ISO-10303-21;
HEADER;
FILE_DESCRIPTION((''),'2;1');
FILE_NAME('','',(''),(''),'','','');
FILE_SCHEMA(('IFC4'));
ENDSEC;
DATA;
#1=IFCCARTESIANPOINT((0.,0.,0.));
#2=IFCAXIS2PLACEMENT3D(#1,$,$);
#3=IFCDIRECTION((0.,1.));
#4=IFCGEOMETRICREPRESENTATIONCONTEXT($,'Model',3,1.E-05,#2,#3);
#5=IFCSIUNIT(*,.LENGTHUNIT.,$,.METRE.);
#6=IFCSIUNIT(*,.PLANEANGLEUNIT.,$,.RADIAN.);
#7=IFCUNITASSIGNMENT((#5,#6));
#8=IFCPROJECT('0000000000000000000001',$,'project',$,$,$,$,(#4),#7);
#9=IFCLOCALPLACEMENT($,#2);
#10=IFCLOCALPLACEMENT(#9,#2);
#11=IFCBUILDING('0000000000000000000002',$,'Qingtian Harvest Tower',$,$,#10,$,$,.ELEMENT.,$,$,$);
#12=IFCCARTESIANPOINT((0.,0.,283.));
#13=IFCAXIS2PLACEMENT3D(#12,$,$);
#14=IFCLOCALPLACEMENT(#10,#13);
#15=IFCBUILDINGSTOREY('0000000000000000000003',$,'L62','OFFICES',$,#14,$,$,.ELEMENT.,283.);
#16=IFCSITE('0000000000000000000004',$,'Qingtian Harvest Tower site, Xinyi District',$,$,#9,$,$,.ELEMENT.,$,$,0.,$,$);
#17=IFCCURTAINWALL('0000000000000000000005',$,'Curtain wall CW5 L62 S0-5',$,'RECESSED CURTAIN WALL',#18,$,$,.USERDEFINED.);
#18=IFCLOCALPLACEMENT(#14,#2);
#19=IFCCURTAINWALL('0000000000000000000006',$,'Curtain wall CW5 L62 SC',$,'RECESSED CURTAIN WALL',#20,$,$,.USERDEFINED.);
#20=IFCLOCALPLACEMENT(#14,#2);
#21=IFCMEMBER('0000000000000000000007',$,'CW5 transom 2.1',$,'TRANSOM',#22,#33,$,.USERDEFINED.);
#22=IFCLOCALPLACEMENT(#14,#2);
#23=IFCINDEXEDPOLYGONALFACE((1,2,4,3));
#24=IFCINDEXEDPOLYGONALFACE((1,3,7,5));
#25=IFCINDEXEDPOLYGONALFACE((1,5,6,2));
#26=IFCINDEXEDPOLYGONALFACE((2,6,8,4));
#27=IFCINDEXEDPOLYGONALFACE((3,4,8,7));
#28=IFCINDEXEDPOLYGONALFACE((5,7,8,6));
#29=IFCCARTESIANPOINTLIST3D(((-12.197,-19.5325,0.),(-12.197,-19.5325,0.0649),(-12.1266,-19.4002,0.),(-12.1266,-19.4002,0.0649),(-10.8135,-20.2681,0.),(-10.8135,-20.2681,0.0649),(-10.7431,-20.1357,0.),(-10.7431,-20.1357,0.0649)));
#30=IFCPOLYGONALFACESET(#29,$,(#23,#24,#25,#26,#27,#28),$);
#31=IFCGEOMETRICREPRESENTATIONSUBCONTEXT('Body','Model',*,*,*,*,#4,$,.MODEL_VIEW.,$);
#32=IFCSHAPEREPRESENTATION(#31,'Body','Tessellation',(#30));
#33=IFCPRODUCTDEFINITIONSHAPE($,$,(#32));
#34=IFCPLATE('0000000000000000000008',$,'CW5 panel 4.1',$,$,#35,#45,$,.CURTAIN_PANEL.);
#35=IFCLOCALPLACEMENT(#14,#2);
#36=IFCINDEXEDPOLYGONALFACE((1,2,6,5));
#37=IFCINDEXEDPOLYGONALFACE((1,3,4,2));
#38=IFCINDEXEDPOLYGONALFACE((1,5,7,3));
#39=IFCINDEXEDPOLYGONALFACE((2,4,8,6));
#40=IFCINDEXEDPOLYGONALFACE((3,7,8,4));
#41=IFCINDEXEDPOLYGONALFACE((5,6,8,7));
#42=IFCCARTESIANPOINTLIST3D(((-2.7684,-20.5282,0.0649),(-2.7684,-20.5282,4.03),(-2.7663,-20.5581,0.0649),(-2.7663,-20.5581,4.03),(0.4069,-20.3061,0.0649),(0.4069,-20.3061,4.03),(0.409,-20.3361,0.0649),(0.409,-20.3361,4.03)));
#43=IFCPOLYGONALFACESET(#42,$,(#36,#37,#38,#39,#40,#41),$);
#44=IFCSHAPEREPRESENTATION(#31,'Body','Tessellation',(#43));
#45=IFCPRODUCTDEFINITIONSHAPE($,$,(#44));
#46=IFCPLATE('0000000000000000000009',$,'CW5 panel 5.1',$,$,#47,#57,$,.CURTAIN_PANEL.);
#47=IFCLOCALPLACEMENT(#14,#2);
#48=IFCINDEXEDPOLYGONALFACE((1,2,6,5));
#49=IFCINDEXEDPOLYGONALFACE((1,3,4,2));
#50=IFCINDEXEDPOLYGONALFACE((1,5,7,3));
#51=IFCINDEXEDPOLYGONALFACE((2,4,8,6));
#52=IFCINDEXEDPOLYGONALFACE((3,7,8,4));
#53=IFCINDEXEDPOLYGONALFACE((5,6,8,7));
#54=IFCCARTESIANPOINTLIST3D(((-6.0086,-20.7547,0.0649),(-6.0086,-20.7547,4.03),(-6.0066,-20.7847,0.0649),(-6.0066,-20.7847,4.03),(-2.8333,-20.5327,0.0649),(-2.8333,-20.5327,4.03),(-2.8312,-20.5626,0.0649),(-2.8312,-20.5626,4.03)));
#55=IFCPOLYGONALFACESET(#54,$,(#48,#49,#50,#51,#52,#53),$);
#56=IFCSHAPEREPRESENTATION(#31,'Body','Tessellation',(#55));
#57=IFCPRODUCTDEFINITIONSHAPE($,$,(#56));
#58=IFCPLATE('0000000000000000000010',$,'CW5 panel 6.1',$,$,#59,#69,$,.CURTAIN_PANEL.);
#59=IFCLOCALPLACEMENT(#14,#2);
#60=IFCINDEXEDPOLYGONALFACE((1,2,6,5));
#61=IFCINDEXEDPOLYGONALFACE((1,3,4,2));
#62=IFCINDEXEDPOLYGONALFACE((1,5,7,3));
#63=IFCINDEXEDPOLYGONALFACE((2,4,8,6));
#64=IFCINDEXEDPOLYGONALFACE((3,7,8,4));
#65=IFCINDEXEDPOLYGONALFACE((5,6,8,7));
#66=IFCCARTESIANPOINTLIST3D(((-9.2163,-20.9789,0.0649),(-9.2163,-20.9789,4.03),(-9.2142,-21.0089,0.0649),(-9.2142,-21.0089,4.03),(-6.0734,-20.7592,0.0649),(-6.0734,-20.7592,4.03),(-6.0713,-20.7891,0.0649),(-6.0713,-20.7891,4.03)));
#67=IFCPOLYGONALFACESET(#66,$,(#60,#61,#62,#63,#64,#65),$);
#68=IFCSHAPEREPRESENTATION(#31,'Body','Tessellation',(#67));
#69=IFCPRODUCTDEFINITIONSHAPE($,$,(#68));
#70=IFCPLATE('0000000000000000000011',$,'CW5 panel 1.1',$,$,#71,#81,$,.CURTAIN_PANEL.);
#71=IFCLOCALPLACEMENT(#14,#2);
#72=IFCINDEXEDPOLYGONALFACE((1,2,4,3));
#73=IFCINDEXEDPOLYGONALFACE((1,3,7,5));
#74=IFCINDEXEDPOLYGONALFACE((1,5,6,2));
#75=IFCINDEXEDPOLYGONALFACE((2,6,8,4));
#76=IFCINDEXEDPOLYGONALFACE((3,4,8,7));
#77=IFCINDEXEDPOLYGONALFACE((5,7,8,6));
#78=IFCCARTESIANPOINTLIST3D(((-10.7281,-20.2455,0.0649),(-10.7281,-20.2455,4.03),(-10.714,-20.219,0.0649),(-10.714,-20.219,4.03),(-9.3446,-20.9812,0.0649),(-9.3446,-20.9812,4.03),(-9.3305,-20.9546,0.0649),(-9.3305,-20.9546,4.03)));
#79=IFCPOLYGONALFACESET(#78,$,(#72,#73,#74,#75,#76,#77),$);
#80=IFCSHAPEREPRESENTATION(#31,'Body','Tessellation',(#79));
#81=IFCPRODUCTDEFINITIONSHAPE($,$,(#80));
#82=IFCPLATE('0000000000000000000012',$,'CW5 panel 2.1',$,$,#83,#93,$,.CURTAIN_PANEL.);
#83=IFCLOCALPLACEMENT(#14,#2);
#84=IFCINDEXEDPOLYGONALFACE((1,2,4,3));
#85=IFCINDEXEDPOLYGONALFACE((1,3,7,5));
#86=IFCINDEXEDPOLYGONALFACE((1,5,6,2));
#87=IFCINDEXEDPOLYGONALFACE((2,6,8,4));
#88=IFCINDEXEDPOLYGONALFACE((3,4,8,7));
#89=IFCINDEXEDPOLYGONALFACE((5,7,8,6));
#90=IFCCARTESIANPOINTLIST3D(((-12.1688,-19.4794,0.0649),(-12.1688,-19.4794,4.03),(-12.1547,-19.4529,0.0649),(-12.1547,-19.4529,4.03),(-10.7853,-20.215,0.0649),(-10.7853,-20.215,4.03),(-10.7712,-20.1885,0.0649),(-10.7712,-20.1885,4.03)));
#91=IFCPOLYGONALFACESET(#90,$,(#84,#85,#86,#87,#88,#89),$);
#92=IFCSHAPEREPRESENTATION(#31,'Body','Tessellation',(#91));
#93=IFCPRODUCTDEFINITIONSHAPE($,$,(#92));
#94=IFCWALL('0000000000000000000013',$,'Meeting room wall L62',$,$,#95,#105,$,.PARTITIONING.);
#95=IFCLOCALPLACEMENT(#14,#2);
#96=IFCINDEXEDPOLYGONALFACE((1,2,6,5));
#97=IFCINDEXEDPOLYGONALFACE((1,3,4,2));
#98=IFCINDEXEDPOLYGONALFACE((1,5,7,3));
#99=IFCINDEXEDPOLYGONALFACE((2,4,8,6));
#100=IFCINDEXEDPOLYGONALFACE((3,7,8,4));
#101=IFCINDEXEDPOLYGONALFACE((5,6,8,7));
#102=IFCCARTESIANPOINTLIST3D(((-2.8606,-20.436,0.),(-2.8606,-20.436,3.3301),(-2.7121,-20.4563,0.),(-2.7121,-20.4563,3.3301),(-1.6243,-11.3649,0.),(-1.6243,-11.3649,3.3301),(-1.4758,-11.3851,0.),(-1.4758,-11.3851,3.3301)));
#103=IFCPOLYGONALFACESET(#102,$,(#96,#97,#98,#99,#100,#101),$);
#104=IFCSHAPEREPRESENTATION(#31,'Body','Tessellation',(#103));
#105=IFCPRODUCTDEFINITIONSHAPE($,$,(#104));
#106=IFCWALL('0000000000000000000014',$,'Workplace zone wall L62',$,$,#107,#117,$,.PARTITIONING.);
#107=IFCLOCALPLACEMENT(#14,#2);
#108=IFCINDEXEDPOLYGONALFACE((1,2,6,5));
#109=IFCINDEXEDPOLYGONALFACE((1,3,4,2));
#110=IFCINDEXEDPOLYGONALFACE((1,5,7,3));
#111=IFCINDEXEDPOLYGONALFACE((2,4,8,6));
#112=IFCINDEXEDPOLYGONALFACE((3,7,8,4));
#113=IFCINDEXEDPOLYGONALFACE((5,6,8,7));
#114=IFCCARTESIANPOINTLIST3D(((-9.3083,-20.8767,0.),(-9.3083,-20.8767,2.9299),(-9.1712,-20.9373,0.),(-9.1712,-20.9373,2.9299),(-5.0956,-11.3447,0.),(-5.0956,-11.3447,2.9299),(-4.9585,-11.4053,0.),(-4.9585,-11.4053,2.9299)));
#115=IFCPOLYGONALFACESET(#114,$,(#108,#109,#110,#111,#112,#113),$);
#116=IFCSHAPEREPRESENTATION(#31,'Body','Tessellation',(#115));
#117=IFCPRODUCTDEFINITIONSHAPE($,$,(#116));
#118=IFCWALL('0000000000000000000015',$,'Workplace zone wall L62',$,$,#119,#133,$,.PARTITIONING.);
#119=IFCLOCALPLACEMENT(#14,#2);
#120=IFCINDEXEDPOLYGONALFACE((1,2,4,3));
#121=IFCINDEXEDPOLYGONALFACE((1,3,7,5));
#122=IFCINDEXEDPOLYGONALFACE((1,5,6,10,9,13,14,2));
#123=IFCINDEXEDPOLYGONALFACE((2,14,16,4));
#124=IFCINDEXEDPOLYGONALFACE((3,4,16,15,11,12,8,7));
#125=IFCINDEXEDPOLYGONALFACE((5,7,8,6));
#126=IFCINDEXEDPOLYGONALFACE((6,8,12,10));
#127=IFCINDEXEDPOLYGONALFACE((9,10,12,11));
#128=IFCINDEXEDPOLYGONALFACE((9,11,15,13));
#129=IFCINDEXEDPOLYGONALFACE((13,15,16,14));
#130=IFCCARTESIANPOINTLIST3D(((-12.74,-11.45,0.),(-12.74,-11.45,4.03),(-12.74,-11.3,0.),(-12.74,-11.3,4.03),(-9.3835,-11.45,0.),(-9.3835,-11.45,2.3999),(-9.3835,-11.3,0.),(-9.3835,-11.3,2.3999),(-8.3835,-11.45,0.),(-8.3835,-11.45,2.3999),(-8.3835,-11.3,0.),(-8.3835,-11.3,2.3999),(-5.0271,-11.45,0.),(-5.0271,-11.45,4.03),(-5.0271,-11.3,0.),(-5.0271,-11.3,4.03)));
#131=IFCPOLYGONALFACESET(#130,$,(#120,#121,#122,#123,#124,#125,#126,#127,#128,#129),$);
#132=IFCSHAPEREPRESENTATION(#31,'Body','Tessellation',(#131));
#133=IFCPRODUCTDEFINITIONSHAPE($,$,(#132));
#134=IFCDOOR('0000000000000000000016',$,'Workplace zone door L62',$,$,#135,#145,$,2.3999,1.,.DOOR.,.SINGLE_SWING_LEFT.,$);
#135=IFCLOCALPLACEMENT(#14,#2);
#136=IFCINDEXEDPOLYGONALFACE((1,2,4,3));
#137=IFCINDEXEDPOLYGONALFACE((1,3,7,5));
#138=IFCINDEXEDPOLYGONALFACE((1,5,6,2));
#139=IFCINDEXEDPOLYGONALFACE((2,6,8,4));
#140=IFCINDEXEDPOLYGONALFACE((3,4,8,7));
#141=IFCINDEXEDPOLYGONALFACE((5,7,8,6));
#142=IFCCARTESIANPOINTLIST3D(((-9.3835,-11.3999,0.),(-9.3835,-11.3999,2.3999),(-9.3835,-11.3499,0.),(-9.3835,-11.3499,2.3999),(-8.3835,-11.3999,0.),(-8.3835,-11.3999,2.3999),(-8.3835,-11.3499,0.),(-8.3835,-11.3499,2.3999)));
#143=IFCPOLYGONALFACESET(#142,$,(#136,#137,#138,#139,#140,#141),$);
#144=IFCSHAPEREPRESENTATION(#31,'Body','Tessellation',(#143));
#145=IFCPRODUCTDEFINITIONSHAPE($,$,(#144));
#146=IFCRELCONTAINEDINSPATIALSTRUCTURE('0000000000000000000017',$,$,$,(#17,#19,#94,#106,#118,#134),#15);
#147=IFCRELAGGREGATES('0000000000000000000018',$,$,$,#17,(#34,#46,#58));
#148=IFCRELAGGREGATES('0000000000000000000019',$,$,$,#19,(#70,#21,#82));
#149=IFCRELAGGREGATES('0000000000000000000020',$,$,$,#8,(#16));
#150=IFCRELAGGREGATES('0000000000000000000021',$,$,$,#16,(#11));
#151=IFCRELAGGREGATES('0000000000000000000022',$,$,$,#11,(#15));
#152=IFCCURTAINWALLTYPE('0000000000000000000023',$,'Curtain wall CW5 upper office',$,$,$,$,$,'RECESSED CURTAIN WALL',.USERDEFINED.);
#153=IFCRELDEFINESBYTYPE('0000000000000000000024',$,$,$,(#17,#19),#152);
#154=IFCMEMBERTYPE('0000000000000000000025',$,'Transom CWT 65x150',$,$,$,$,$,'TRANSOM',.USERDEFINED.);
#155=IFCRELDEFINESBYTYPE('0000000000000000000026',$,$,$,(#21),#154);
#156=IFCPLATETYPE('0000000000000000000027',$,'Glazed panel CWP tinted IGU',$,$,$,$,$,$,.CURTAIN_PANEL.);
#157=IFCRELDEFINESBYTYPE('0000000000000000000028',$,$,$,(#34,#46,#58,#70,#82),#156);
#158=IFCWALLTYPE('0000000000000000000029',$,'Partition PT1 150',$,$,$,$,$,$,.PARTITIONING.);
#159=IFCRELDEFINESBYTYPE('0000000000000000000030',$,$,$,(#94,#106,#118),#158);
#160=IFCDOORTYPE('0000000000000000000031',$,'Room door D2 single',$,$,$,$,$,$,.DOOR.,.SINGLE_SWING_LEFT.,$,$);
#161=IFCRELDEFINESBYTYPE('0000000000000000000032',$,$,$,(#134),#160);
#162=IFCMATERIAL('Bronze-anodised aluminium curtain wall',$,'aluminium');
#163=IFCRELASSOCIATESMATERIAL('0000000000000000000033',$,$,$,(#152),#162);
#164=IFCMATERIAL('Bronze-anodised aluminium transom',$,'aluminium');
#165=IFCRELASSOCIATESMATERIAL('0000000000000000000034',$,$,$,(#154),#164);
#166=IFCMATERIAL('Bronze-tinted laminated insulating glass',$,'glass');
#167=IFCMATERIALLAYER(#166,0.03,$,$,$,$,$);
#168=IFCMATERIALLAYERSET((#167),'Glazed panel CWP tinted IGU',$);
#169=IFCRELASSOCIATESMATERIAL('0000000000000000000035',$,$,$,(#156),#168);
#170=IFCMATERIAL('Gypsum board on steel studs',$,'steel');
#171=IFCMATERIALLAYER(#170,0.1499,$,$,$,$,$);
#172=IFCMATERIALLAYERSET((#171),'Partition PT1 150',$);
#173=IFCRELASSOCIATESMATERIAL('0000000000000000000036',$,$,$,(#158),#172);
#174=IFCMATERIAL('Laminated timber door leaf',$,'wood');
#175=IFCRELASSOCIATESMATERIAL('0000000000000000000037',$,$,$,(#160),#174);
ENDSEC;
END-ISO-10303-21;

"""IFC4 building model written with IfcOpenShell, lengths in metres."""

from ifc_helpers import new_model, si_unit, direction, frame, frame_2d, origin, origin_2d, place, context, subcontext, project, spatial, rectangle, extrude, material, layer, layer_set, material_profile, profile_set, type_object, element, fill, aggregate, save


model = new_model("IFC4")

# Units and contexts
model_context = context("Model", 3, precision=1e-05, world=origin(), true_north=direction((0.0, 1.0)))
body_context = subcontext(model_context, "Body", "Model", "MODEL_VIEW")
ifc_project = project(units=[si_unit("LENGTHUNIT", "METRE"), si_unit("PLANEANGLEUNIT", "RADIAN")], contexts=[model_context])

# Site, building, storey
site_placement = place(None, origin())
site = spatial("IfcSite", under=ifc_project, at=site_placement, Name="Qingtian Harvest Tower site, Xinyi District", CompositionType="ELEMENT", RefElevation=0.0)
building_placement = place(site_placement, origin())
building = spatial("IfcBuilding", under=site, at=building_placement, Name="Qingtian Harvest Tower", CompositionType="ELEMENT")
storey_placement = place(building_placement, frame((0.0, 0.0, 283.0)))
storey = spatial("IfcBuildingStorey", under=building, at=storey_placement, Name="L62", Description="OFFICES", CompositionType="ELEMENT", Elevation=283.0)

# Curtain walls
ifc_material_1 = material(Name="Bronze-anodised aluminium curtain wall", Category="aluminium")
curtain_wall_type = type_object("IfcCurtainWallType", Name="Curtain wall CW5 upper office", ElementType="RECESSED CURTAIN WALL", PredefinedType="USERDEFINED", material=ifc_material_1)
curtain_wall_1_placement = place(storey_placement, origin())
curtain_wall_1 = element("IfcCurtainWall", 1, at=curtain_wall_1_placement, inside=storey, type_object=curtain_wall_type, Name="Curtain wall CW5 L62 S0-5", ObjectType="RECESSED CURTAIN WALL", PredefinedType="USERDEFINED")
curtain_wall_2_placement = place(storey_placement, origin())
curtain_wall_2 = element("IfcCurtainWall", 2, at=curtain_wall_2_placement, inside=storey, type_object=curtain_wall_type, Name="Curtain wall CW5 L62 SC", ObjectType="RECESSED CURTAIN WALL", PredefinedType="USERDEFINED")

# Member
ifc_material_2 = material(Name="Bronze-anodised aluminium transom", Category="aluminium")
ifc_material_profile_1 = material_profile(ifc_material_2, rectangle(XDim=0.1499, YDim=0.0649, at=origin_2d()), Name="AL 65x150")
ifc_profile_set_1 = profile_set([ifc_material_profile_1], Name="Bronze-anodised aluminium transom")
member_type_1 = type_object("IfcMemberType", Name="Transom CWT 65x150", ElementType="TRANSOM", PredefinedType="USERDEFINED", material=ifc_profile_set_1)
member_1_placement = place(storey_placement, frame((-10.7783, -20.2019, 0.0325), z_axis=(-0.88296, 0.469448, 0.0), x_axis=(-0.469448, -0.88296, 0.0)))
member_1 = element("IfcMember", 3, at=member_1_placement, type_object=member_type_1, Name="CW5 transom 2.1", ObjectType="TRANSOM", PredefinedType="USERDEFINED", context=body_context, shape_type="SweptSolid", body=[
    extrude(rectangle(XDim=0.1499, YDim=0.0649, at=origin_2d()), origin(), (0.0, 0.0, 1.0), 1.5669),
])

# Plates
ifc_material_3 = material(Name="Bronze-tinted laminated insulating glass", Category="glass")
ifc_layer_1 = layer(ifc_material_3, 0.03)
ifc_layer_set_1 = layer_set([ifc_layer_1], Name="Glazed panel CWP tinted IGU")
plate_type = type_object("IfcPlateType", Name="Glazed panel CWP tinted IGU", PredefinedType="CURTAIN_PANEL", material=ifc_layer_set_1)
plate_1_placement = place(storey_placement, frame((-1.1797, -20.4321, 0.0649), z_axis=(0.0, 0.0, 1.0), x_axis=(-0.997564, -0.069756, 0.0)))
plate_1 = element("IfcPlate", 4, at=plate_1_placement, type_object=plate_type, Name="CW5 panel 4.1", PredefinedType="CURTAIN_PANEL", context=body_context, shape_type="SweptSolid", body=[
    extrude(rectangle(XDim=3.1831, YDim=0.03, at=origin_2d()), origin(), (0.0, 0.0, 1.0), 3.9651),
])
plate_2_placement = place(storey_placement, frame((-4.4199, -20.6587, 0.0649), z_axis=(0.0, 0.0, 1.0), x_axis=(-0.997564, -0.069756, 0.0)))
plate_2 = element("IfcPlate", 5, at=plate_2_placement, type_object=plate_type, Name="CW5 panel 5.1", PredefinedType="CURTAIN_PANEL", context=body_context, shape_type="SweptSolid", body=[
    extrude(rectangle(XDim=3.1831, YDim=0.03, at=origin_2d()), origin(), (0.0, 0.0, 1.0), 3.9651),
])
plate_3_placement = place(storey_placement, frame((-7.6438, -20.884, 0.0649), z_axis=(0.0, 0.0, 1.0), x_axis=(-0.997564, -0.069756, 0.0)))
plate_3 = element("IfcPlate", 6, at=plate_3_placement, type_object=plate_type, Name="CW5 panel 6.1", PredefinedType="CURTAIN_PANEL", context=body_context, shape_type="SweptSolid", body=[
    extrude(rectangle(XDim=3.1506, YDim=0.03, at=origin_2d()), origin(), (0.0, 0.0, 1.0), 3.9651),
])
aggregate(curtain_wall_1, [plate_1, plate_2, plate_3])
plate_4_placement = place(storey_placement, frame((-10.0293, -20.6001, 0.0649), z_axis=(0.0, 0.0, 1.0), x_axis=(-0.882948, 0.469472, 0.0)))
plate_4 = element("IfcPlate", 7, at=plate_4_placement, type_object=plate_type, Name="CW5 panel 1.1", PredefinedType="CURTAIN_PANEL", context=body_context, shape_type="SweptSolid", body=[
    extrude(rectangle(XDim=1.5669, YDim=0.03, at=origin_2d()), origin(), (0.0, 0.0, 1.0), 3.9651),
])
plate_5_placement = place(storey_placement, frame((-11.47, -19.834, 0.0649), z_axis=(0.0, 0.0, 1.0), x_axis=(-0.882948, 0.469472, 0.0)))
plate_5 = element("IfcPlate", 8, at=plate_5_placement, type_object=plate_type, Name="CW5 panel 2.1", PredefinedType="CURTAIN_PANEL", context=body_context, shape_type="SweptSolid", body=[
    extrude(rectangle(XDim=1.5669, YDim=0.03, at=origin_2d()), origin(), (0.0, 0.0, 1.0), 3.9651),
])
aggregate(curtain_wall_2, [plate_4, member_1, plate_5])

# Walls
ifc_material_4 = material(Name="Gypsum board on steel studs", Category="steel")
ifc_layer_2 = layer(ifc_material_4, 0.1499)
ifc_layer_set_2 = layer_set([ifc_layer_2], Name="Partition PT1 150")
wall_type = type_object("IfcWallType", Name="Partition PT1 150", PredefinedType="PARTITIONING", material=ifc_layer_set_2)
wall_1_placement = place(storey_placement, frame((-2.7864, -20.4463, 0.0), z_axis=(0.0, 0.0, 1.0), x_axis=(0.135042, 0.99084, 0.0)))
element("IfcWall", 9, at=wall_1_placement, inside=storey, type_object=wall_type, Name="Meeting room wall L62", PredefinedType="PARTITIONING", context=body_context, shape_type="SweptSolid", body=[
    extrude(rectangle(XDim=9.155, YDim=0.1499, at=frame_2d((4.5776, 0.0))), origin(), (0.0, 0.0, 1.0), 3.3301),
])
wall_2_placement = place(storey_placement, frame((-9.2397, -20.907, 0.0), z_axis=(0.0, 0.0, 1.0), x_axis=(0.404231, 0.914657, 0.0)))
element("IfcWall", 10, at=wall_2_placement, inside=storey, type_object=wall_type, Name="Workplace zone wall L62", PredefinedType="PARTITIONING", context=body_context, shape_type="SweptSolid", body=[
    extrude(rectangle(XDim=10.4214, YDim=0.1499, at=frame_2d((5.2107, 0.0))), origin(), (0.0, 0.0, 1.0), 2.9299),
])

# Wall, opening, door
wall_3_placement = place(storey_placement, frame((-5.0271, -11.375, 0.0), z_axis=(0.0, 0.0, 1.0), x_axis=(-1.0, 0.0, 0.0)))
wall_3 = element("IfcWall", 11, at=wall_3_placement, inside=storey, type_object=wall_type, Name="Workplace zone wall L62", PredefinedType="PARTITIONING", context=body_context, shape_type="SweptSolid", body=[
    extrude(rectangle(XDim=7.7129, YDim=0.1499, at=frame_2d((3.8564, 0.0))), origin(), (0.0, 0.0, 1.0), 4.03),
])
opening_placement = place(wall_3_placement, frame((3.3564, 0.0, 0.0)))
opening = element("IfcOpeningElement", 12, at=opening_placement, cuts=wall_3, PredefinedType="OPENING", context=body_context, shape_type="SweptSolid", body=[
    extrude(rectangle(XDim=1.0, YDim=2.3999, at=frame_2d((0.5, 1.2))), frame((0.0, 0.085, 0.0), z_axis=(0.0, -1.0, 0.0), x_axis=(1.0, 0.0, 0.0)), (0.0, 0.0, 1.0), 0.1699),
])
ifc_material_5 = material(Name="Laminated timber door leaf", Category="wood")
door_type = type_object("IfcDoorType", Name="Room door D2 single", OperationType="SINGLE_SWING_LEFT", PredefinedType="DOOR", material=ifc_material_5)
door_placement = place(opening_placement, origin())
door = element("IfcDoor", 13, at=door_placement, inside=storey, type_object=door_type, Name="Workplace zone door L62", OperationType="SINGLE_SWING_LEFT", OverallHeight=2.3999, OverallWidth=1.0, PredefinedType="DOOR", context=body_context, shape_type="SweptSolid", body=[
    extrude(rectangle(XDim=1.0, YDim=2.3999, at=frame_2d((0.5, 1.2))), frame((0.0, 0.0249, 0.0), z_axis=(0.0, -1.0, 0.0), x_axis=(1.0, 0.0, 0.0)), (0.0, 0.0, 1.0), 0.05),
])
fill(opening, door)

save(model, "model.ifc")
